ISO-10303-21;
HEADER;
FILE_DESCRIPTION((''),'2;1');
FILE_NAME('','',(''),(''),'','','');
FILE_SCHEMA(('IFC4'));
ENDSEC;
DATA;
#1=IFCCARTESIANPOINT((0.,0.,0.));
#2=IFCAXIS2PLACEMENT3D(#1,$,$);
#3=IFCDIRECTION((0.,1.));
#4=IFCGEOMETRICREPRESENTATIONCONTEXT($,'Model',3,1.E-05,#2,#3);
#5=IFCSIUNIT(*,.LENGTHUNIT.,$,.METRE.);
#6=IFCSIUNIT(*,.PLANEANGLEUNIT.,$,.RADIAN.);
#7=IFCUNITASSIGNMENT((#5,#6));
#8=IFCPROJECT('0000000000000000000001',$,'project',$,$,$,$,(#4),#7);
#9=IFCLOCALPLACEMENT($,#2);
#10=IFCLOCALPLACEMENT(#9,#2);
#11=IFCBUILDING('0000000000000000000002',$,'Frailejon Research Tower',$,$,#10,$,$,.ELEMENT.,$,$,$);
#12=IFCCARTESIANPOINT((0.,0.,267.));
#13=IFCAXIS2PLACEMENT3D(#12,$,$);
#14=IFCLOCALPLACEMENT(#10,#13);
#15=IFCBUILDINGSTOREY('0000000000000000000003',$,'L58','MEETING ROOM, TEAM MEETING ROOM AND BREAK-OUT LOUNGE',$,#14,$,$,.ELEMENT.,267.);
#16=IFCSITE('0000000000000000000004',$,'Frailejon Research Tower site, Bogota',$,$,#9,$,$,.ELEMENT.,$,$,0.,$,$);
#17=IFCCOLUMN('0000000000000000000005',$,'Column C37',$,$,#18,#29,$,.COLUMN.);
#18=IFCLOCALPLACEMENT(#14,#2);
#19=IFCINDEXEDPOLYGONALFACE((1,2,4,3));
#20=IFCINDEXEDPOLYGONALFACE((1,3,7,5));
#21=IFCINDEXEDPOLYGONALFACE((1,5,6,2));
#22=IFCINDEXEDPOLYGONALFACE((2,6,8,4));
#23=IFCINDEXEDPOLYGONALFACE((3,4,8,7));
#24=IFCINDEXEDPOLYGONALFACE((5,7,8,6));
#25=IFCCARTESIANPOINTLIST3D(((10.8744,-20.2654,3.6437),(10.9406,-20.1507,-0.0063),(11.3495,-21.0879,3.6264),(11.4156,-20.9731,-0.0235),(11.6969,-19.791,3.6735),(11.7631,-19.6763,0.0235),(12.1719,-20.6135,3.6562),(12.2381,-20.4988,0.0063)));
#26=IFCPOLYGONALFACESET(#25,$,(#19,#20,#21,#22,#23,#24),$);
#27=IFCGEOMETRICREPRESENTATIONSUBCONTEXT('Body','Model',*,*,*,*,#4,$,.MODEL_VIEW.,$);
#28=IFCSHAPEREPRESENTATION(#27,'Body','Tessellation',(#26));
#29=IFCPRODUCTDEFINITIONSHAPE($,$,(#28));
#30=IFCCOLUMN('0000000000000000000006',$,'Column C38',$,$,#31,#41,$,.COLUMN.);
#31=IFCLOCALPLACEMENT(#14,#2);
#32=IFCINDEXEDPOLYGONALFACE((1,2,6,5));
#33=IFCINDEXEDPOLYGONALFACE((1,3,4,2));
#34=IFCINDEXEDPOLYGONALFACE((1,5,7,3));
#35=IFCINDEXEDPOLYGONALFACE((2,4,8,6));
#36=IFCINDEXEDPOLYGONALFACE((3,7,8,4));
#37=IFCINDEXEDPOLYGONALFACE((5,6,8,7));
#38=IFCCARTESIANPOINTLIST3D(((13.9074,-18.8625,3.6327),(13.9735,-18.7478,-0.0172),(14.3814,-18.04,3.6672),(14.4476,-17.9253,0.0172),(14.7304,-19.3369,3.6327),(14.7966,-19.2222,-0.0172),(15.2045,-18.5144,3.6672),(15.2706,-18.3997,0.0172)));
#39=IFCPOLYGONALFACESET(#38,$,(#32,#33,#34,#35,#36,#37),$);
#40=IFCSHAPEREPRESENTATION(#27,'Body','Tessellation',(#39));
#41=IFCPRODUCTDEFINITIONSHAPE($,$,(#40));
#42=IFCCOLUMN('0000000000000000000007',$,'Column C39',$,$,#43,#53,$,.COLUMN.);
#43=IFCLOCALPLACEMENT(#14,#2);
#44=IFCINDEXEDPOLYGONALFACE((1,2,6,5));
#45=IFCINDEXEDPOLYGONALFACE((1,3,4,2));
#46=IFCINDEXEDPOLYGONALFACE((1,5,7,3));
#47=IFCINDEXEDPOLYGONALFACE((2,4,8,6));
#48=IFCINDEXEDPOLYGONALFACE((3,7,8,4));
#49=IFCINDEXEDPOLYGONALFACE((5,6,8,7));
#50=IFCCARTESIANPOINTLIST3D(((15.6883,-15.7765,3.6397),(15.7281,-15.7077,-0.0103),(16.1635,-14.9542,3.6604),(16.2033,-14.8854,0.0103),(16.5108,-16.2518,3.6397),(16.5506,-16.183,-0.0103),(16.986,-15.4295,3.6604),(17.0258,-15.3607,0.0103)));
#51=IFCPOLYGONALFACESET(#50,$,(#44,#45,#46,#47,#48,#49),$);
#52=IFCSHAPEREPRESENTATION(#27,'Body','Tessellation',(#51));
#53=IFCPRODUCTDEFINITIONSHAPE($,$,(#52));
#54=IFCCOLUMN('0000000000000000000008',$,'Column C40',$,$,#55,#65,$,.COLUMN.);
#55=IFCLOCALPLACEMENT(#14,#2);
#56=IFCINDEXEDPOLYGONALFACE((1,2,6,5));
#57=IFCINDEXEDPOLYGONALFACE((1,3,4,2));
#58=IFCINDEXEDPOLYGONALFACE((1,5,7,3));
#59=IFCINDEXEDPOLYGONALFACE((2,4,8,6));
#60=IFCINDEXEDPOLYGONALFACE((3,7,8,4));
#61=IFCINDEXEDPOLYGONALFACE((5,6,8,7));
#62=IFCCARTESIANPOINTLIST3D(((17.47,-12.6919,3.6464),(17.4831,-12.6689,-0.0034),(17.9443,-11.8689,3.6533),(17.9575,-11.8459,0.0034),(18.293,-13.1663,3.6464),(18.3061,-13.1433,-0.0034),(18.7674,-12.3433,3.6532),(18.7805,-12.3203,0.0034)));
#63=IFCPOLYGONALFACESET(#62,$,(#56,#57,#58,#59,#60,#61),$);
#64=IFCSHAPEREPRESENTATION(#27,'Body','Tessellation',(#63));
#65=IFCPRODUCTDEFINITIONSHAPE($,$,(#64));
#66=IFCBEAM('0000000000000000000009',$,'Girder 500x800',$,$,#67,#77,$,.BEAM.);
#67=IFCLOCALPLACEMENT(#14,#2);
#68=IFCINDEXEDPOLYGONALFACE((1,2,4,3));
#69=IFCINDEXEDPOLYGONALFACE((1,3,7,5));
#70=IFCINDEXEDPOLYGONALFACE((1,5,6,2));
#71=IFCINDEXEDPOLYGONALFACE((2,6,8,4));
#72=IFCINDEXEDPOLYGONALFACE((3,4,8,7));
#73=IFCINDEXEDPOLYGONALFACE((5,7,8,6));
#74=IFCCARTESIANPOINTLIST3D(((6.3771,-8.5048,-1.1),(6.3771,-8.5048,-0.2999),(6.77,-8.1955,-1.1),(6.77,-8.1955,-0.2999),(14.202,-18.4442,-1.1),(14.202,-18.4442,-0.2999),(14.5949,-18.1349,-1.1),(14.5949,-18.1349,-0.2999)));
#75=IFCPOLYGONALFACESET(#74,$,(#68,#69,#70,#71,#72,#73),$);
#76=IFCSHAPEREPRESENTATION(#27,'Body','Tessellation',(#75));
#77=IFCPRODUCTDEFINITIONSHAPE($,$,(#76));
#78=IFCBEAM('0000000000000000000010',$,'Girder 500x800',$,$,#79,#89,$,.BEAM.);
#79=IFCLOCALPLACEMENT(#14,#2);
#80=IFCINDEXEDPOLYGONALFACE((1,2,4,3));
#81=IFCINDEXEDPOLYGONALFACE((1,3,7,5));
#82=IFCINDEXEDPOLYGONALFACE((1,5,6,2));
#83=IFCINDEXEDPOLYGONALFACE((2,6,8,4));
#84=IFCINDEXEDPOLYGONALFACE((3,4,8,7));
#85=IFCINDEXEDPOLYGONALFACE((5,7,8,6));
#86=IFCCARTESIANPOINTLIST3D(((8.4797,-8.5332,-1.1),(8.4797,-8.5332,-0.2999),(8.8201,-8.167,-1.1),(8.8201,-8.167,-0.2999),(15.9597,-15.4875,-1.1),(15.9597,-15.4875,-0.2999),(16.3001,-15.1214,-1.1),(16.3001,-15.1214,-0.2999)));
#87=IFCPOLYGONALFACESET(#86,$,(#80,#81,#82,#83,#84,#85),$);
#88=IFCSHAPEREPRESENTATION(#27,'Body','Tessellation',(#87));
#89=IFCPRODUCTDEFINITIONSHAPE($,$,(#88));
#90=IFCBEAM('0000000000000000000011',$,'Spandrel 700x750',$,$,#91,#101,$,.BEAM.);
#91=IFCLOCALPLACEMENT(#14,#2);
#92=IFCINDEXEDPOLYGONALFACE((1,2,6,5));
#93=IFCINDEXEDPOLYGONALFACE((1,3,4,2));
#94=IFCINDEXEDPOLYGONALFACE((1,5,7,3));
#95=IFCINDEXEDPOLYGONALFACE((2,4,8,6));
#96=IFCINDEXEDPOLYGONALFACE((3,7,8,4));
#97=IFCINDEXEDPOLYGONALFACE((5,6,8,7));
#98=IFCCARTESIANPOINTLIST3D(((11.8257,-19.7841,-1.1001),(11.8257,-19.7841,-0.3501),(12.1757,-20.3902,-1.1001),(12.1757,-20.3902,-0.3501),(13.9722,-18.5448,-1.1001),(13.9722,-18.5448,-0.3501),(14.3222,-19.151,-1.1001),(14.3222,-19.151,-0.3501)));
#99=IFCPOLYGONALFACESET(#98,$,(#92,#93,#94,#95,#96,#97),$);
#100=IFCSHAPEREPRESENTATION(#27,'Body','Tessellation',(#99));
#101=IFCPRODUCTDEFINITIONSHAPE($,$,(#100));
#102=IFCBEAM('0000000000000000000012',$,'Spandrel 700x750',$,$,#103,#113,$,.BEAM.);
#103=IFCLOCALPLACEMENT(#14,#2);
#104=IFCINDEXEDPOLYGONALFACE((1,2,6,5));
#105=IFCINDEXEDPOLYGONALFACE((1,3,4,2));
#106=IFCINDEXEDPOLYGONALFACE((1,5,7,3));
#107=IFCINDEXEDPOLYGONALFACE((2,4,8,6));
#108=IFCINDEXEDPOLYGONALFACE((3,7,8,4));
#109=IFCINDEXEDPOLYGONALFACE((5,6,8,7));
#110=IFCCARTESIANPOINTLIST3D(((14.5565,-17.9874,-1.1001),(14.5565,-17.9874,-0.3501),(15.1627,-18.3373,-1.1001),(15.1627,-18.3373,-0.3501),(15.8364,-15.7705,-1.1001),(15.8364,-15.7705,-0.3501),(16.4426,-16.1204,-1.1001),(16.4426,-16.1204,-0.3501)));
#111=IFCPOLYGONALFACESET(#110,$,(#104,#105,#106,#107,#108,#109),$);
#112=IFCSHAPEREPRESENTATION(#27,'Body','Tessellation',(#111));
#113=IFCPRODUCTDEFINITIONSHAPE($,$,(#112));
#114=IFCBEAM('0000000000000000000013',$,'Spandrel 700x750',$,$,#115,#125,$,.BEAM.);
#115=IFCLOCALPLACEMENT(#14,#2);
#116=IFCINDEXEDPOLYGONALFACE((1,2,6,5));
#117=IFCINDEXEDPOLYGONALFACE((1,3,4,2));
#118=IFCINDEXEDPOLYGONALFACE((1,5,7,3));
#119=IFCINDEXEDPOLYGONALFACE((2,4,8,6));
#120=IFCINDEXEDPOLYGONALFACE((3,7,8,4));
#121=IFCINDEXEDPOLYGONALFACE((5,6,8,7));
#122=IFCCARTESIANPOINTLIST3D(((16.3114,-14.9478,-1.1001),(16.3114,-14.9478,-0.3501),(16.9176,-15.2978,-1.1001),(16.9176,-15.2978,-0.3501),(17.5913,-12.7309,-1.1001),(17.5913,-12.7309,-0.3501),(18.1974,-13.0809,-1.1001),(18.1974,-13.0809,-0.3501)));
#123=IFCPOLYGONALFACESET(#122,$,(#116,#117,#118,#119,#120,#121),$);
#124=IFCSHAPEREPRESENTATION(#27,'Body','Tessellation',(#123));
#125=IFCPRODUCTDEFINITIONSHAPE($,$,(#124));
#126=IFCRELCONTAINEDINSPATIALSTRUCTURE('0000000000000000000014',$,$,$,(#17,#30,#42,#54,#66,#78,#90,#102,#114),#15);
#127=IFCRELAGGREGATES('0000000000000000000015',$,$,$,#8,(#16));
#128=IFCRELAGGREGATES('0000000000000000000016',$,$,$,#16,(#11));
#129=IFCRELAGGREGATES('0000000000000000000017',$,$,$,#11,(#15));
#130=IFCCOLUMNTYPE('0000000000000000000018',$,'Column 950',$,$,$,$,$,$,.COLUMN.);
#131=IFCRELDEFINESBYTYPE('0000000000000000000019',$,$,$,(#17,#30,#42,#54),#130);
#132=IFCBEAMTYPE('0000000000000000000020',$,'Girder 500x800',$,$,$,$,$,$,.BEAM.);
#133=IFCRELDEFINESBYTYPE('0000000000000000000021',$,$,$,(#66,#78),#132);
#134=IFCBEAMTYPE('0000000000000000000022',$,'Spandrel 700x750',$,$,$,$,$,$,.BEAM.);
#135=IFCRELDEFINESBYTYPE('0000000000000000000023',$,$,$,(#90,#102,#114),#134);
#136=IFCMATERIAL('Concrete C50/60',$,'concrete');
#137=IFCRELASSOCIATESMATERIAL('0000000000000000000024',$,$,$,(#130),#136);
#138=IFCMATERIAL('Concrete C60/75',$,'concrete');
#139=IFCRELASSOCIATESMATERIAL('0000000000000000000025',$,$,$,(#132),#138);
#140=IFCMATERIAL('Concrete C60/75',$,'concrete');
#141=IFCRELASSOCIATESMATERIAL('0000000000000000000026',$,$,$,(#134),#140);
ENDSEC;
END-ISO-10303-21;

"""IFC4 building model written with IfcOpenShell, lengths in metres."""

from ifc_helpers import new_model, si_unit, direction, frame, origin, origin_2d, place, context, subcontext, project, spatial, rectangle, extrude, material, material_profile, profile_set, type_object, element, save


model = new_model("IFC4")

# Units and contexts
model_context = context("Model", 3, precision=1e-05, world=origin(), true_north=direction((0.0, 1.0)))
body_context = subcontext(model_context, "Body", "Model", "MODEL_VIEW")
ifc_project = project(units=[si_unit("LENGTHUNIT", "METRE"), si_unit("PLANEANGLEUNIT", "RADIAN")], contexts=[model_context])

# Site, building, storey
site_placement = place(None, origin())
site = spatial("IfcSite", under=ifc_project, at=site_placement, Name="Frailejon Research Tower site, Bogota", CompositionType="ELEMENT", RefElevation=0.0)
building_placement = place(site_placement, origin())
building = spatial("IfcBuilding", under=site, at=building_placement, Name="Frailejon Research Tower", CompositionType="ELEMENT")
storey_placement = place(building_placement, frame((0.0, 0.0, 267.0)))
storey = spatial("IfcBuildingStorey", under=building, at=storey_placement, Name="L58", Description="MEETING ROOM, TEAM MEETING ROOM AND BREAK-OUT LOUNGE", CompositionType="ELEMENT", Elevation=267.0)

# Columns
ifc_material_1 = material(Name="Concrete C50/60", Category="concrete")
ifc_material_profile_1 = material_profile(ifc_material_1, rectangle(XDim=0.95, YDim=0.95, at=origin_2d()), Name="Column 950")
ifc_profile_set_1 = profile_set([ifc_material_profile_1], Name="Concrete C50/60")
column_type = type_object("IfcColumnType", Name="Column 950", PredefinedType="COLUMN", material=ifc_profile_set_1)
for number, where, z_axis, x_axis, name in (
    (1, (11.5894, -20.3247, 0.0), (-0.018115, -0.031417, 0.999342), (0.865818, 0.499373, 0.031394), "Column C37"),
    (2, (14.6221, -18.5737, 0.0), (-0.018115, -0.031417, 0.999342), (0.49904, 0.865819, 0.036266), "Column C38"),
):
    element("IfcColumn", number, at=place(storey_placement, frame(where, z_axis=z_axis, x_axis=x_axis)), inside=storey, type_object=column_type, Name=name, PredefinedType="COLUMN", context=body_context, shape_type="SweptSolid", body=[
        extrude(rectangle(XDim=0.95, YDim=0.95, at=origin_2d()), origin(), (0.0, 0.0, 1.0), 3.6523),
    ])
column_1_placement = place(storey_placement, frame((16.377, -15.5342, 0.0), z_axis=(-0.0109, -0.018858, 0.999763), x_axis=(0.500226, 0.865621, 0.021782)))
element("IfcColumn", 3, at=column_1_placement, inside=storey, type_object=column_type, Name="Column C39", PredefinedType="COLUMN", context=body_context, shape_type="SweptSolid", body=[
    extrude(rectangle(XDim=0.95, YDim=0.95, at=origin_2d()), origin(), (0.0, 0.0, 1.0), 3.6509),
])
column_2_placement = place(storey_placement, frame((18.1318, -12.4946, 0.0), z_axis=(-0.003612, -0.006287, 0.999974), x_axis=(0.499382, 0.866352, 0.007251)))
element("IfcColumn", 4, at=column_2_placement, inside=storey, type_object=column_type, Name="Column C40", PredefinedType="COLUMN", context=body_context, shape_type="SweptSolid", body=[
    extrude(rectangle(XDim=0.95, YDim=0.95, at=origin_2d()), origin(), (0.0, 0.0, 1.0), 3.6499),
])

# Beams
ifc_material_2 = material(Name="Concrete C60/75", Category="concrete")
ifc_material_profile_2 = material_profile(ifc_material_2, rectangle(XDim=0.5, YDim=0.8, at=origin_2d()), Name="Girder 500x800")
ifc_profile_set_2 = profile_set([ifc_material_profile_2], Name="Concrete C60/75")
beam_type_1 = type_object("IfcBeamType", Name="Girder 500x800", PredefinedType="BEAM", material=ifc_profile_set_2)
beam_1_placement = place(storey_placement, frame((14.3984, -18.2896, -0.7), z_axis=(-0.618573, 0.785727, 0.0), x_axis=(-0.785727, -0.618573, 0.0)))
element("IfcBeam", 5, at=beam_1_placement, inside=storey, type_object=beam_type_1, Name="Girder 500x800", PredefinedType="BEAM", context=body_context, shape_type="SweptSolid", body=[
    extrude(rectangle(XDim=0.5, YDim=0.8, at=origin_2d()), origin(), (0.0, 0.0, 1.0), 12.6499),
])
beam_2_placement = place(storey_placement, frame((16.1299, -15.3044, -0.7), z_axis=(-0.732371, 0.680906, 0.0), x_axis=(-0.680906, -0.732371, 0.0)))
element("IfcBeam", 6, at=beam_2_placement, inside=storey, type_object=beam_type_1, Name="Girder 500x800", PredefinedType="BEAM", context=body_context, shape_type="SweptSolid", body=[
    extrude(rectangle(XDim=0.5, YDim=0.8, at=origin_2d()), origin(), (0.0, 0.0, 1.0), 10.2134),
])
ifc_material_3 = material(Name="Concrete C60/75", Category="concrete")
ifc_material_profile_3 = material_profile(ifc_material_3, rectangle(XDim=0.7, YDim=0.75, at=origin_2d()), Name="Spandrel 700x750")
ifc_profile_set_3 = profile_set([ifc_material_profile_3], Name="Concrete C60/75")
beam_type_2 = type_object("IfcBeamType", Name="Spandrel 700x750", PredefinedType="BEAM", material=ifc_profile_set_3)
beam_3_placement = place(storey_placement, frame((12.0007, -20.0872, -0.7251), z_axis=(0.866028, 0.499995, 0.0), x_axis=(-0.499995, 0.866028, 0.0)))
element("IfcBeam", 7, at=beam_3_placement, inside=storey, type_object=beam_type_2, Name="Spandrel 700x750", PredefinedType="BEAM", context=body_context, shape_type="SweptSolid", body=[
    extrude(rectangle(XDim=0.7, YDim=0.75, at=origin_2d()), origin(), (0.0, 0.0, 1.0), 2.4785),
])
for number, where, z_axis, x_axis, name in (
    (8, (14.8596, -18.1624, -0.7251), (0.499976, 0.866039, 0.0), (-0.866039, 0.499976, 0.0), "Spandrel 700x750"),
    (9, (16.6145, -15.1228, -0.7251), (0.499976, 0.866039, 0.0), (-0.866039, 0.499976, 0.0), "Spandrel 700x750"),
):
    element("IfcBeam", number, at=place(storey_placement, frame(where, z_axis=z_axis, x_axis=x_axis)), inside=storey, type_object=beam_type_2, Name=name, PredefinedType="BEAM", context=body_context, shape_type="SweptSolid", body=[
        extrude(rectangle(XDim=0.7, YDim=0.75, at=origin_2d()), origin(), (0.0, 0.0, 1.0), 2.5598),
    ])

save(model, "model.ifc")
